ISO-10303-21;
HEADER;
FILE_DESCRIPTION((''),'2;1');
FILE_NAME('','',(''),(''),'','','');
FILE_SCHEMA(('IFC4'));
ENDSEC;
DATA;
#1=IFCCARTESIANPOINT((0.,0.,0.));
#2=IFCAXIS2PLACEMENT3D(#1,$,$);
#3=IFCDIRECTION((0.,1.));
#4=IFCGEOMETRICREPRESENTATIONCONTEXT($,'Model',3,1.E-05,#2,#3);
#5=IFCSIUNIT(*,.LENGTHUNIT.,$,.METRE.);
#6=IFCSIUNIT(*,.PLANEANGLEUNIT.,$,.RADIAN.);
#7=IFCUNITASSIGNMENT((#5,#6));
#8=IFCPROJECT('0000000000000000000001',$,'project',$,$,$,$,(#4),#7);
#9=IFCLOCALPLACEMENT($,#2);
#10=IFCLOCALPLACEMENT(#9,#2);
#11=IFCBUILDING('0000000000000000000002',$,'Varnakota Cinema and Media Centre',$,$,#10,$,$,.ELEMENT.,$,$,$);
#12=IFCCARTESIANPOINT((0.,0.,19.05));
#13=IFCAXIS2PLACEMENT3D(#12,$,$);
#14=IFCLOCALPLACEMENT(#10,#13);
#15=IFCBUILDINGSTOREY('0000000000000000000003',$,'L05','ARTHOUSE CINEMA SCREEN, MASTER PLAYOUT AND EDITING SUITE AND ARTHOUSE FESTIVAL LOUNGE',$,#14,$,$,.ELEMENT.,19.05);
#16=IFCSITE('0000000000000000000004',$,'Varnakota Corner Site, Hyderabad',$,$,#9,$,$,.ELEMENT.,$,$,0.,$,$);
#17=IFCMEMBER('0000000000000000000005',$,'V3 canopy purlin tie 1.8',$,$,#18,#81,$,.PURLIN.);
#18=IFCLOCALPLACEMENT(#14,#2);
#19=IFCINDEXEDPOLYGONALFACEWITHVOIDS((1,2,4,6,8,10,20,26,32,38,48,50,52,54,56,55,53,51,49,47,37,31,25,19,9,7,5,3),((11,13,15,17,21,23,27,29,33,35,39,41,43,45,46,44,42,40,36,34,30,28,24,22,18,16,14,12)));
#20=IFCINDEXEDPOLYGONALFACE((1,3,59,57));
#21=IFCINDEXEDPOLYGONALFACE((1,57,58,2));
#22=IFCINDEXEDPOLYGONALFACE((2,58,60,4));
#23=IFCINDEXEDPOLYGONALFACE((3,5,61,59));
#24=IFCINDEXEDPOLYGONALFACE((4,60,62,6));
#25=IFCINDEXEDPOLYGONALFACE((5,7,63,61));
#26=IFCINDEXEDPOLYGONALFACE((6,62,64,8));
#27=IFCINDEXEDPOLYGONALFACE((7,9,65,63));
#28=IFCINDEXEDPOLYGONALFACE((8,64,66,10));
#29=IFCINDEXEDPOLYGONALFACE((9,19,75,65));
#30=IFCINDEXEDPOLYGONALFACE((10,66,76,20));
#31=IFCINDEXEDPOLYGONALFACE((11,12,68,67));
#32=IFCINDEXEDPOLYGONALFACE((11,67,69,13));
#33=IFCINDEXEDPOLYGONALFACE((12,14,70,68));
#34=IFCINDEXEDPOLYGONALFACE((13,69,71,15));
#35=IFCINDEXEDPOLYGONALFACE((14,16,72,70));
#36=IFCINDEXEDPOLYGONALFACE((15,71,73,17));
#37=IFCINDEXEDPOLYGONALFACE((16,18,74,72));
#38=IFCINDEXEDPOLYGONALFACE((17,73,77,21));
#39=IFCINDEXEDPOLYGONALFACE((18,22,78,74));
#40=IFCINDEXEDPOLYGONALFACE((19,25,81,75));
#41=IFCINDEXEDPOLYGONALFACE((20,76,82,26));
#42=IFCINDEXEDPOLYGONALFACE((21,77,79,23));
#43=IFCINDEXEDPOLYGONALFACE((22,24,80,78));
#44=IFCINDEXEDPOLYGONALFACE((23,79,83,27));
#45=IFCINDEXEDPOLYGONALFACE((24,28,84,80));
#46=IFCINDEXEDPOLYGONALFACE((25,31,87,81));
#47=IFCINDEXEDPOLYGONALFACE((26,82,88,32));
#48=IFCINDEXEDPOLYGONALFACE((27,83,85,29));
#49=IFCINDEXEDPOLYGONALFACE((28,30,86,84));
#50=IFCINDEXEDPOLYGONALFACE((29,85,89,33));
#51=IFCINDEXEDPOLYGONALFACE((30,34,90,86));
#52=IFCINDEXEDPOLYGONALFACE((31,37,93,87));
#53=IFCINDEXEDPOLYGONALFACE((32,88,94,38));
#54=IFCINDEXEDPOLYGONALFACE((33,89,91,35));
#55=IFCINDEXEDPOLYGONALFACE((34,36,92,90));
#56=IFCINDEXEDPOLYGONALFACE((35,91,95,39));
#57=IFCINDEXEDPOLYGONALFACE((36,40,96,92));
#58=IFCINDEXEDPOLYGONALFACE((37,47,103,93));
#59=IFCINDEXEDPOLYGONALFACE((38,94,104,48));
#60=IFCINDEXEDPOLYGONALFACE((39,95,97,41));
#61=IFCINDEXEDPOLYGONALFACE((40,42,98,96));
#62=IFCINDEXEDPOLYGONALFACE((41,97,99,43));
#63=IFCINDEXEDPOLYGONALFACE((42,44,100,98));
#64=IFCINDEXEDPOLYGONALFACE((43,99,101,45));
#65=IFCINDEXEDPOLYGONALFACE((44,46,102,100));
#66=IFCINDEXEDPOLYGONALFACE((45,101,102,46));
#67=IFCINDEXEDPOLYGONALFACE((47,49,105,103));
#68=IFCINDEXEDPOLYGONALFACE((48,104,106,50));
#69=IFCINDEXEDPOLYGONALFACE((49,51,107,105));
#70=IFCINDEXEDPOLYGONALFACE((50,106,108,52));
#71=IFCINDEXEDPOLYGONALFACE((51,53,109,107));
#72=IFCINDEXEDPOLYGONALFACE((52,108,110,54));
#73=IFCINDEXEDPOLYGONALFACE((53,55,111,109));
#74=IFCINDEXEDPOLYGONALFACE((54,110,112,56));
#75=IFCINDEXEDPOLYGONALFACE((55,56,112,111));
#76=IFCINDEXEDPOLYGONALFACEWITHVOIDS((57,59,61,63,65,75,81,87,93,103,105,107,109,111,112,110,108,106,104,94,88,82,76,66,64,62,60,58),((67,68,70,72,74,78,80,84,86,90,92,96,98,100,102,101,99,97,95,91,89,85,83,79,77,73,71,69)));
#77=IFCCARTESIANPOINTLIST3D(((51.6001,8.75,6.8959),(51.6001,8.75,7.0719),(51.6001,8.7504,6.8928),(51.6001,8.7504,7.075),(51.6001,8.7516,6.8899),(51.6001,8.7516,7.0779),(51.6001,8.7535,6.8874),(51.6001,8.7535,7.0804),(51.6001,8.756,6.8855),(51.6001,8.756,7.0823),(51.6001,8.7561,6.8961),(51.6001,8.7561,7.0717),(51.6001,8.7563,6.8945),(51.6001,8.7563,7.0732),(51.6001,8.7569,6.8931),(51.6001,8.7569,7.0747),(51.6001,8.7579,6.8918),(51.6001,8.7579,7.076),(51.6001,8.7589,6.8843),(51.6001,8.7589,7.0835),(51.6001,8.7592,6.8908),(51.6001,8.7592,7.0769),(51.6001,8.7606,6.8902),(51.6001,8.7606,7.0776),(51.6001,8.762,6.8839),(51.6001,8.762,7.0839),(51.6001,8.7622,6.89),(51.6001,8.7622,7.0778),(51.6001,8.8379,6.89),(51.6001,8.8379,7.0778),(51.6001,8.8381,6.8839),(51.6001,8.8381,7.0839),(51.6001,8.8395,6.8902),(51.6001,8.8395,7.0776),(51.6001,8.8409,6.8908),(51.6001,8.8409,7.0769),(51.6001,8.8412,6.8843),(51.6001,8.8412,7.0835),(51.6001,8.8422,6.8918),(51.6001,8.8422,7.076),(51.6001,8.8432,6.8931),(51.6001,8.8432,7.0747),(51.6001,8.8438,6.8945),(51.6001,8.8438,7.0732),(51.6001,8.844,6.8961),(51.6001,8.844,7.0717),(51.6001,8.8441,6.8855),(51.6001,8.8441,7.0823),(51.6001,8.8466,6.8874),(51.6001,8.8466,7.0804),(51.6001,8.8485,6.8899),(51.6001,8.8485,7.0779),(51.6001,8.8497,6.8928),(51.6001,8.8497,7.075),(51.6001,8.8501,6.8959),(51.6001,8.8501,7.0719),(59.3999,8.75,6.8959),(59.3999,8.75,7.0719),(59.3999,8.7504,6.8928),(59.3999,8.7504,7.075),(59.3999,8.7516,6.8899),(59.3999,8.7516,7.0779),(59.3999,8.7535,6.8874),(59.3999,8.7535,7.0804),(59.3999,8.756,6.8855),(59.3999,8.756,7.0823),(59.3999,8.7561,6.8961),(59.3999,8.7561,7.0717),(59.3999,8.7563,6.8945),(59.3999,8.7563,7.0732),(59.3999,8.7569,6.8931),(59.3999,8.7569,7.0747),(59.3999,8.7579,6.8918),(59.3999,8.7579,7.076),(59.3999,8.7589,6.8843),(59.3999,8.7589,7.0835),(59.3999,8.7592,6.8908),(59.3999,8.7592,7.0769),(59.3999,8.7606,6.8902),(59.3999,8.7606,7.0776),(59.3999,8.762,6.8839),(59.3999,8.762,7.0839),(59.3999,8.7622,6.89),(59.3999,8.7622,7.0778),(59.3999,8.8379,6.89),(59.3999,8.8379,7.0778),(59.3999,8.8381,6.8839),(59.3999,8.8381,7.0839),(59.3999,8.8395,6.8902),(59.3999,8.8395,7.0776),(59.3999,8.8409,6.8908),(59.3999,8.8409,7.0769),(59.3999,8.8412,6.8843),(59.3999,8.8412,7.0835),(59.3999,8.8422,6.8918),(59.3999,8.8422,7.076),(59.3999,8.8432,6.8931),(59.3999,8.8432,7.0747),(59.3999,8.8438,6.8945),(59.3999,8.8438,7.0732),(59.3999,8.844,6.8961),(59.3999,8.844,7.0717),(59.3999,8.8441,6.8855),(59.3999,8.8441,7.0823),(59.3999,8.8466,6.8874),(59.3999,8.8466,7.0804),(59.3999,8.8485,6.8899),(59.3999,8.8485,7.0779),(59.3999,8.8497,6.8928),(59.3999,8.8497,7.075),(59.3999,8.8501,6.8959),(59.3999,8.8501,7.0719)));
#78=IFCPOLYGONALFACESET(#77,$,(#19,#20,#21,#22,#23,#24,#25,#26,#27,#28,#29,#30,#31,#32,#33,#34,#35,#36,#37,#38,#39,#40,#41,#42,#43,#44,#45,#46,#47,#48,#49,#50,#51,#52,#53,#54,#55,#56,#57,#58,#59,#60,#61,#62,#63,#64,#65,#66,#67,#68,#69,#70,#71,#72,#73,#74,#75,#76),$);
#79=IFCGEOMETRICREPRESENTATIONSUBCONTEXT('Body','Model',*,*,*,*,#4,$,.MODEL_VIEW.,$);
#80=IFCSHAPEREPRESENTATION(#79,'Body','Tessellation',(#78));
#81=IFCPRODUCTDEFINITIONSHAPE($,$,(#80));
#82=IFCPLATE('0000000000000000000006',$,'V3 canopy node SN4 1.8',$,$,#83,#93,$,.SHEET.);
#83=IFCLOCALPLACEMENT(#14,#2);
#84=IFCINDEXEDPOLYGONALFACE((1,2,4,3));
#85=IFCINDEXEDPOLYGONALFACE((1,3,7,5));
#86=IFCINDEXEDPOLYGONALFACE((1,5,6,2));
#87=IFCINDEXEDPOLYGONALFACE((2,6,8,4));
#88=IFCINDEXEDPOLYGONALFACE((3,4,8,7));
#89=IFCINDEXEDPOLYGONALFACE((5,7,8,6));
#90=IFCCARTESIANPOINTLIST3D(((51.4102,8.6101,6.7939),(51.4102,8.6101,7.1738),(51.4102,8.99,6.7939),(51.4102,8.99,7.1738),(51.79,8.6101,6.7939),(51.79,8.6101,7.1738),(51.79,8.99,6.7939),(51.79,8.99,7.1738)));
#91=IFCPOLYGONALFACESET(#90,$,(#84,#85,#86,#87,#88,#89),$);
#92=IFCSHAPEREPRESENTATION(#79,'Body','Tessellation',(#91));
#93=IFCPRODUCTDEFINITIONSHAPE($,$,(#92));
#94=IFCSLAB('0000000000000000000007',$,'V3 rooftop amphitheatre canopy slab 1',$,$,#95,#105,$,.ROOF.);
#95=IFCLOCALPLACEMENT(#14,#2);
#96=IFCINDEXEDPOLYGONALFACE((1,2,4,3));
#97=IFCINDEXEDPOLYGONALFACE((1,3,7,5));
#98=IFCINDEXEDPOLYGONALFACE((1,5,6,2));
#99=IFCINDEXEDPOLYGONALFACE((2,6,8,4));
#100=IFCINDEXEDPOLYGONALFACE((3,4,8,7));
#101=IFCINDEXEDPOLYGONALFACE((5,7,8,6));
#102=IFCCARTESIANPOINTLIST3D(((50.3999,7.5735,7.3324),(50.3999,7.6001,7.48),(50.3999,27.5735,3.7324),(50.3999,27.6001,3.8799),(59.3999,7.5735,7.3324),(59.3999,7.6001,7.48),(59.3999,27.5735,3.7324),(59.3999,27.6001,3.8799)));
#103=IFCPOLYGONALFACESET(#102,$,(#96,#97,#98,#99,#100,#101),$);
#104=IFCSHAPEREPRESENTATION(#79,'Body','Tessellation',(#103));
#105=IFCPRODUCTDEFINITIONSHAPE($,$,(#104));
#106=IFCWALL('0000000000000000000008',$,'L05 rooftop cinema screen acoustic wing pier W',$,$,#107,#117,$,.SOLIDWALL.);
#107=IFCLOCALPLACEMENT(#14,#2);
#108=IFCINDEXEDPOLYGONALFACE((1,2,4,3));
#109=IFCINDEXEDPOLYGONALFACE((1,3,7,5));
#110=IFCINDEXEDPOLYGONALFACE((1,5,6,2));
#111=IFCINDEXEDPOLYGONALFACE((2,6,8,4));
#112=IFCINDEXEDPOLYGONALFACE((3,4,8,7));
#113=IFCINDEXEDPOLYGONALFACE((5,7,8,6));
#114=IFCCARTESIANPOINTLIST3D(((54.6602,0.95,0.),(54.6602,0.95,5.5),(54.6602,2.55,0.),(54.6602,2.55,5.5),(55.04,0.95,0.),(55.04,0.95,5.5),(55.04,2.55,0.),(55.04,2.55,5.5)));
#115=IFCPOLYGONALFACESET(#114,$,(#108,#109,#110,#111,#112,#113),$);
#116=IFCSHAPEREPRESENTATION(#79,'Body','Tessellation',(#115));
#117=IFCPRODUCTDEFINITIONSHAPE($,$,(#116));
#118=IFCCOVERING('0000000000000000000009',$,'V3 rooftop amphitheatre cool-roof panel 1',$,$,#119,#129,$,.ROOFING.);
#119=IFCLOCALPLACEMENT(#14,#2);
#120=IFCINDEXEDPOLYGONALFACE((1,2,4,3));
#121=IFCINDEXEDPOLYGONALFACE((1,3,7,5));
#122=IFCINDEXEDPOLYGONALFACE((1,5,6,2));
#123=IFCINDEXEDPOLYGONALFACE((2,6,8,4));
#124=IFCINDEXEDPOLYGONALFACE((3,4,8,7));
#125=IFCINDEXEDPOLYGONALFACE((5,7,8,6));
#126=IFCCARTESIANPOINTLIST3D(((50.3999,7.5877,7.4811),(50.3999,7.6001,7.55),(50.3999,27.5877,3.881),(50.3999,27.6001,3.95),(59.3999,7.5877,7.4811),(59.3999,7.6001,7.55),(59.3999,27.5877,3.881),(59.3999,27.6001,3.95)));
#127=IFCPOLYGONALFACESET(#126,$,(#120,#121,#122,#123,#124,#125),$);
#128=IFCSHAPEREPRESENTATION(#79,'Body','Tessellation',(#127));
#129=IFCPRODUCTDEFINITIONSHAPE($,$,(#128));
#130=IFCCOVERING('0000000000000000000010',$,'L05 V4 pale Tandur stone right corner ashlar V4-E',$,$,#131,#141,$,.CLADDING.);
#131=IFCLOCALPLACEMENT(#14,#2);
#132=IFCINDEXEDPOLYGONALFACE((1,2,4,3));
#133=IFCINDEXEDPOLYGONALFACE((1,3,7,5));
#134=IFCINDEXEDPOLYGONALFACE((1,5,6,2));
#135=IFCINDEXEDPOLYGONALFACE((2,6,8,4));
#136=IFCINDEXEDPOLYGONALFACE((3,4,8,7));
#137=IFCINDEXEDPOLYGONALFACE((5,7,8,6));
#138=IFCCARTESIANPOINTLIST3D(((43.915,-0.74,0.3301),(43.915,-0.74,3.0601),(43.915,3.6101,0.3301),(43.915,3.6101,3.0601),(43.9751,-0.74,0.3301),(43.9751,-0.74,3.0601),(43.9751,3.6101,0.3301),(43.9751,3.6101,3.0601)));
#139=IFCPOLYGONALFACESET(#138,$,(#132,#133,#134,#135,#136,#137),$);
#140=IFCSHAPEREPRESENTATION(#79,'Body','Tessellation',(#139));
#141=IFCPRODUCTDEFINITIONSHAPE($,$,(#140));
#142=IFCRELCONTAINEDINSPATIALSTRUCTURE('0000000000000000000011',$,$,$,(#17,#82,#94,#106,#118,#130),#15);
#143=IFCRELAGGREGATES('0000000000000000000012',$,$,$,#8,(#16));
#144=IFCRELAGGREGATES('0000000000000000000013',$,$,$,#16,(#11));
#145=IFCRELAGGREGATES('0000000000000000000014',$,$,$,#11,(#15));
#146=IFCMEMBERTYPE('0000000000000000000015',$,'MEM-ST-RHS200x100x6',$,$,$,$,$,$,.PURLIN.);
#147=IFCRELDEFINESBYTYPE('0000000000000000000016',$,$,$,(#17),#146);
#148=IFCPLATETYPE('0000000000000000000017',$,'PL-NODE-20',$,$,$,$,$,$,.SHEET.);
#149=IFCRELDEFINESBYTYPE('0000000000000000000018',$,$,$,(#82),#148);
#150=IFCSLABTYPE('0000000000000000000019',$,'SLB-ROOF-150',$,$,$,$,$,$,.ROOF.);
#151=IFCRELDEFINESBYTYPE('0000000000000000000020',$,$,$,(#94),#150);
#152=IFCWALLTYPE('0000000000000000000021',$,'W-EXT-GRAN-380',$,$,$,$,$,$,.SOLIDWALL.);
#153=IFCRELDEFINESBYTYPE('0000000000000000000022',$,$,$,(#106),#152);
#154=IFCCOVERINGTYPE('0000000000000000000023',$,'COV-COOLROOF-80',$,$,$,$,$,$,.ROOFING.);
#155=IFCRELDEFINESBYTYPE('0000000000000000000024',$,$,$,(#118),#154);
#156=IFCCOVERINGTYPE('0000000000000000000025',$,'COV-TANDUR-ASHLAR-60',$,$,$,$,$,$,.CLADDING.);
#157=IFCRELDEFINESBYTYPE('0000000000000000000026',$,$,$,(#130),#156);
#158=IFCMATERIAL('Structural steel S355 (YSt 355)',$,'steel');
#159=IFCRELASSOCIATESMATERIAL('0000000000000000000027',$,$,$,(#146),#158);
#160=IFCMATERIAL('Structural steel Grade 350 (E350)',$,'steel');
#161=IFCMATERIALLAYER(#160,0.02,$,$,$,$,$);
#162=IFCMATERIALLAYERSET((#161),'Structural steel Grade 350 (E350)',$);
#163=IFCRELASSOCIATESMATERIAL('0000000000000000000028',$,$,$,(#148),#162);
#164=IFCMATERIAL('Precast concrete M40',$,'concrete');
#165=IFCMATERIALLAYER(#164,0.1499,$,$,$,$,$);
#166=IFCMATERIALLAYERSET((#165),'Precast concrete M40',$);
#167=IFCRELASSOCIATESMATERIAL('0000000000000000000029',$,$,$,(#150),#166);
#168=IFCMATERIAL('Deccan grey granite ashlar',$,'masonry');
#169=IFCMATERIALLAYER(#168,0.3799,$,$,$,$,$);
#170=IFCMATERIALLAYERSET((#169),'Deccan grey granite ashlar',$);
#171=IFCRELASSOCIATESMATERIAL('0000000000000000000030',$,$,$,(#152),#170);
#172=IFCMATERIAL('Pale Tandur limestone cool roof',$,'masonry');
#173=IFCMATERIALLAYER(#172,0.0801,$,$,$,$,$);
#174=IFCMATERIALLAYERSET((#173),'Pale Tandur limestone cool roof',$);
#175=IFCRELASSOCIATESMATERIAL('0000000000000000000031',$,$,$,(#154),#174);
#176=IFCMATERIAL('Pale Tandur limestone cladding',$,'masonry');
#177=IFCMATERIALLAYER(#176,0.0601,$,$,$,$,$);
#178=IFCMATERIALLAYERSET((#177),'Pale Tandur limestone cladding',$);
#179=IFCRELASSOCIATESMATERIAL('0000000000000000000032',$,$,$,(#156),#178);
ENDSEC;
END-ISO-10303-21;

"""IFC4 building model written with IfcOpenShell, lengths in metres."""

from ifc_helpers import new_model, si_unit, direction, frame, frame_2d, origin, origin_2d, place, context, subcontext, project, spatial, polyline, rectangle, hollow_rectangle, outline, extrude, material, layer, layer_set, material_profile, profile_set, type_object, element, save


model = new_model("IFC4")

# Units and contexts
model_context = context("Model", 3, precision=1e-05, world=origin(), true_north=direction((0.0, 1.0)))
body_context = subcontext(model_context, "Body", "Model", "MODEL_VIEW")
ifc_project = project(units=[si_unit("LENGTHUNIT", "METRE"), si_unit("PLANEANGLEUNIT", "RADIAN")], contexts=[model_context])

# Site, building, storey
site_placement = place(None, origin())
site = spatial("IfcSite", under=ifc_project, at=site_placement, Name="Varnakota Corner Site, Hyderabad", CompositionType="ELEMENT", RefElevation=0.0)
building_placement = place(site_placement, origin())
building = spatial("IfcBuilding", under=site, at=building_placement, Name="Varnakota Cinema and Media Centre", CompositionType="ELEMENT")
storey_placement = place(building_placement, frame((0.0, 0.0, 19.05)))
storey = spatial("IfcBuildingStorey", under=building, at=storey_placement, Name="L05", Description="ARTHOUSE CINEMA SCREEN, MASTER PLAYOUT AND EDITING SUITE AND ARTHOUSE FESTIVAL LOUNGE", CompositionType="ELEMENT", Elevation=19.05)

# Member
ifc_material_1 = material(Name="Structural steel S355 (YSt 355)", Category="steel")
ifc_material_profile_1 = material_profile(ifc_material_1, hollow_rectangle(XDim=0.1001, YDim=0.2, WallThickness=0.0061, InnerFilletRadius=0.0061, OuterFilletRadius=0.012, at=origin_2d()), Name="RHS 200x100x6")
ifc_profile_set_1 = profile_set([ifc_material_profile_1], Name="Structural steel S355 (YSt 355)")
member_type_1 = type_object("IfcMemberType", Name="MEM-ST-RHS200x100x6", PredefinedType="PURLIN", material=ifc_profile_set_1)
for number, where, z_axis, x_axis, name in (
    (1, (51.6001, 8.8, 6.9839), (1.0, 0.0, 0.0), (0.0, 1.0, 0.0), "V3 canopy purlin tie 1.8"),
):
    element("IfcMember", number, at=place(storey_placement, frame(where, z_axis=z_axis, x_axis=x_axis)), inside=storey, type_object=member_type_1, Name=name, PredefinedType="PURLIN", context=body_context, shape_type="SweptSolid", body=[
        extrude(hollow_rectangle(XDim=0.1001, YDim=0.2, WallThickness=0.0061, InnerFilletRadius=0.0061, OuterFilletRadius=0.012, at=origin_2d()), origin(), (0.0, 0.0, 1.0), 7.7998),
    ])

# Plate
ifc_material_2 = material(Name="Structural steel Grade 350 (E350)", Category="steel")
ifc_layer_1 = layer(ifc_material_2, 0.02)
ifc_layer_set_1 = layer_set([ifc_layer_1], Name="Structural steel Grade 350 (E350)")
plate_type = type_object("IfcPlateType", Name="PL-NODE-20", PredefinedType="SHEET", material=ifc_layer_set_1)
plate_placement = place(storey_placement, frame((51.6001, 8.8, 6.7939), z_axis=(0.0, 0.0, 1.0), x_axis=(1.0, 0.0, 0.0)))
element("IfcPlate", 2, at=plate_placement, inside=storey, type_object=plate_type, Name="V3 canopy node SN4 1.8", PredefinedType="SHEET", context=body_context, shape_type="SweptSolid", body=[
    extrude(rectangle(XDim=0.3799, YDim=0.3799, at=origin_2d()), origin(), (0.0, 0.0, 1.0), 0.3799),
])

# Slab
ifc_material_3 = material(Name="Precast concrete M40", Category="concrete")
ifc_layer_2 = layer(ifc_material_3, 0.1499)
ifc_layer_set_2 = layer_set([ifc_layer_2], Name="Precast concrete M40")
slab_type = type_object("IfcSlabType", Name="SLB-ROOF-150", PredefinedType="ROOF", material=ifc_layer_set_2)
slab_placement = place(storey_placement, frame((50.3999, 7.6001, 7.48), z_axis=(0.0, 0.177158, 0.984182), x_axis=(1.0, 0.0, 0.0)))
element("IfcSlab", 3, at=slab_placement, inside=storey, type_object=slab_type, Name="V3 rooftop amphitheatre canopy slab 1", PredefinedType="ROOF", context=body_context, shape_type="SweptSolid", body=[
    extrude(outline(polyline([(0.0, 0.0), (9.0, 0.0), (9.0, 20.3214), (0.0, 20.3214), (0.0, 0.0)])), origin(), (0.0, 0.0, -1.0), 0.1499),
])

# Wall
ifc_material_4 = material(Name="Deccan grey granite ashlar", Category="masonry")
ifc_layer_3 = layer(ifc_material_4, 0.3799)
ifc_layer_set_3 = layer_set([ifc_layer_3], Name="Deccan grey granite ashlar")
wall_type = type_object("IfcWallType", Name="W-EXT-GRAN-380", PredefinedType="SOLIDWALL", material=ifc_layer_set_3)
wall_placement = place(storey_placement, frame((54.8501, 0.95, 0.0), z_axis=(0.0, 0.0, 1.0), x_axis=(0.0, 1.0, 0.0)))
element("IfcWall", 4, at=wall_placement, inside=storey, type_object=wall_type, Name="L05 rooftop cinema screen acoustic wing pier W", PredefinedType="SOLIDWALL", context=body_context, shape_type="SweptSolid", body=[
    extrude(rectangle(XDim=1.6001, YDim=0.3799, at=frame_2d((0.8, 0.0))), origin(), (0.0, 0.0, 1.0), 5.5),
])

# Coverings
ifc_material_5 = material(Name="Pale Tandur limestone cool roof", Category="masonry")
ifc_layer_4 = layer(ifc_material_5, 0.0801)
ifc_layer_set_4 = layer_set([ifc_layer_4], Name="Pale Tandur limestone cool roof")
covering_type_1 = type_object("IfcCoveringType", Name="COV-COOLROOF-80", PredefinedType="ROOFING", material=ifc_layer_set_4)
covering_1_placement = place(storey_placement, frame((50.3999, 7.6001, 7.55), z_axis=(0.0, 0.177158, 0.984182), x_axis=(1.0, 0.0, 0.0)))
element("IfcCovering", 5, at=covering_1_placement, inside=storey, type_object=covering_type_1, Name="V3 rooftop amphitheatre cool-roof panel 1", PredefinedType="ROOFING", context=body_context, shape_type="SweptSolid", body=[
    extrude(outline(polyline([(0.0, 0.0), (9.0, 0.0), (9.0, 20.3214), (0.0, 20.3214), (0.0, 0.0)])), origin(), (0.0, 0.0, -1.0), 0.0701),
])
ifc_material_6 = material(Name="Pale Tandur limestone cladding", Category="masonry")
ifc_layer_5 = layer(ifc_material_6, 0.0601)
ifc_layer_set_5 = layer_set([ifc_layer_5], Name="Pale Tandur limestone cladding")
covering_type_2 = type_object("IfcCoveringType", Name="COV-TANDUR-ASHLAR-60", PredefinedType="CLADDING", material=ifc_layer_set_5)
covering_2_placement = place(storey_placement, frame((43.9451, 1.4351, 0.3301), z_axis=(0.0, 0.0, 1.0), x_axis=(0.0, -1.0, 0.0)))
element("IfcCovering", 6, at=covering_2_placement, inside=storey, type_object=covering_type_2, Name="L05 V4 pale Tandur stone right corner ashlar V4-E", PredefinedType="CLADDING", context=body_context, shape_type="SweptSolid", body=[
    extrude(rectangle(XDim=4.3501, YDim=0.0601, at=origin_2d()), origin(), (0.0, 0.0, 1.0), 2.73),
])

save(model, "model.ifc")
